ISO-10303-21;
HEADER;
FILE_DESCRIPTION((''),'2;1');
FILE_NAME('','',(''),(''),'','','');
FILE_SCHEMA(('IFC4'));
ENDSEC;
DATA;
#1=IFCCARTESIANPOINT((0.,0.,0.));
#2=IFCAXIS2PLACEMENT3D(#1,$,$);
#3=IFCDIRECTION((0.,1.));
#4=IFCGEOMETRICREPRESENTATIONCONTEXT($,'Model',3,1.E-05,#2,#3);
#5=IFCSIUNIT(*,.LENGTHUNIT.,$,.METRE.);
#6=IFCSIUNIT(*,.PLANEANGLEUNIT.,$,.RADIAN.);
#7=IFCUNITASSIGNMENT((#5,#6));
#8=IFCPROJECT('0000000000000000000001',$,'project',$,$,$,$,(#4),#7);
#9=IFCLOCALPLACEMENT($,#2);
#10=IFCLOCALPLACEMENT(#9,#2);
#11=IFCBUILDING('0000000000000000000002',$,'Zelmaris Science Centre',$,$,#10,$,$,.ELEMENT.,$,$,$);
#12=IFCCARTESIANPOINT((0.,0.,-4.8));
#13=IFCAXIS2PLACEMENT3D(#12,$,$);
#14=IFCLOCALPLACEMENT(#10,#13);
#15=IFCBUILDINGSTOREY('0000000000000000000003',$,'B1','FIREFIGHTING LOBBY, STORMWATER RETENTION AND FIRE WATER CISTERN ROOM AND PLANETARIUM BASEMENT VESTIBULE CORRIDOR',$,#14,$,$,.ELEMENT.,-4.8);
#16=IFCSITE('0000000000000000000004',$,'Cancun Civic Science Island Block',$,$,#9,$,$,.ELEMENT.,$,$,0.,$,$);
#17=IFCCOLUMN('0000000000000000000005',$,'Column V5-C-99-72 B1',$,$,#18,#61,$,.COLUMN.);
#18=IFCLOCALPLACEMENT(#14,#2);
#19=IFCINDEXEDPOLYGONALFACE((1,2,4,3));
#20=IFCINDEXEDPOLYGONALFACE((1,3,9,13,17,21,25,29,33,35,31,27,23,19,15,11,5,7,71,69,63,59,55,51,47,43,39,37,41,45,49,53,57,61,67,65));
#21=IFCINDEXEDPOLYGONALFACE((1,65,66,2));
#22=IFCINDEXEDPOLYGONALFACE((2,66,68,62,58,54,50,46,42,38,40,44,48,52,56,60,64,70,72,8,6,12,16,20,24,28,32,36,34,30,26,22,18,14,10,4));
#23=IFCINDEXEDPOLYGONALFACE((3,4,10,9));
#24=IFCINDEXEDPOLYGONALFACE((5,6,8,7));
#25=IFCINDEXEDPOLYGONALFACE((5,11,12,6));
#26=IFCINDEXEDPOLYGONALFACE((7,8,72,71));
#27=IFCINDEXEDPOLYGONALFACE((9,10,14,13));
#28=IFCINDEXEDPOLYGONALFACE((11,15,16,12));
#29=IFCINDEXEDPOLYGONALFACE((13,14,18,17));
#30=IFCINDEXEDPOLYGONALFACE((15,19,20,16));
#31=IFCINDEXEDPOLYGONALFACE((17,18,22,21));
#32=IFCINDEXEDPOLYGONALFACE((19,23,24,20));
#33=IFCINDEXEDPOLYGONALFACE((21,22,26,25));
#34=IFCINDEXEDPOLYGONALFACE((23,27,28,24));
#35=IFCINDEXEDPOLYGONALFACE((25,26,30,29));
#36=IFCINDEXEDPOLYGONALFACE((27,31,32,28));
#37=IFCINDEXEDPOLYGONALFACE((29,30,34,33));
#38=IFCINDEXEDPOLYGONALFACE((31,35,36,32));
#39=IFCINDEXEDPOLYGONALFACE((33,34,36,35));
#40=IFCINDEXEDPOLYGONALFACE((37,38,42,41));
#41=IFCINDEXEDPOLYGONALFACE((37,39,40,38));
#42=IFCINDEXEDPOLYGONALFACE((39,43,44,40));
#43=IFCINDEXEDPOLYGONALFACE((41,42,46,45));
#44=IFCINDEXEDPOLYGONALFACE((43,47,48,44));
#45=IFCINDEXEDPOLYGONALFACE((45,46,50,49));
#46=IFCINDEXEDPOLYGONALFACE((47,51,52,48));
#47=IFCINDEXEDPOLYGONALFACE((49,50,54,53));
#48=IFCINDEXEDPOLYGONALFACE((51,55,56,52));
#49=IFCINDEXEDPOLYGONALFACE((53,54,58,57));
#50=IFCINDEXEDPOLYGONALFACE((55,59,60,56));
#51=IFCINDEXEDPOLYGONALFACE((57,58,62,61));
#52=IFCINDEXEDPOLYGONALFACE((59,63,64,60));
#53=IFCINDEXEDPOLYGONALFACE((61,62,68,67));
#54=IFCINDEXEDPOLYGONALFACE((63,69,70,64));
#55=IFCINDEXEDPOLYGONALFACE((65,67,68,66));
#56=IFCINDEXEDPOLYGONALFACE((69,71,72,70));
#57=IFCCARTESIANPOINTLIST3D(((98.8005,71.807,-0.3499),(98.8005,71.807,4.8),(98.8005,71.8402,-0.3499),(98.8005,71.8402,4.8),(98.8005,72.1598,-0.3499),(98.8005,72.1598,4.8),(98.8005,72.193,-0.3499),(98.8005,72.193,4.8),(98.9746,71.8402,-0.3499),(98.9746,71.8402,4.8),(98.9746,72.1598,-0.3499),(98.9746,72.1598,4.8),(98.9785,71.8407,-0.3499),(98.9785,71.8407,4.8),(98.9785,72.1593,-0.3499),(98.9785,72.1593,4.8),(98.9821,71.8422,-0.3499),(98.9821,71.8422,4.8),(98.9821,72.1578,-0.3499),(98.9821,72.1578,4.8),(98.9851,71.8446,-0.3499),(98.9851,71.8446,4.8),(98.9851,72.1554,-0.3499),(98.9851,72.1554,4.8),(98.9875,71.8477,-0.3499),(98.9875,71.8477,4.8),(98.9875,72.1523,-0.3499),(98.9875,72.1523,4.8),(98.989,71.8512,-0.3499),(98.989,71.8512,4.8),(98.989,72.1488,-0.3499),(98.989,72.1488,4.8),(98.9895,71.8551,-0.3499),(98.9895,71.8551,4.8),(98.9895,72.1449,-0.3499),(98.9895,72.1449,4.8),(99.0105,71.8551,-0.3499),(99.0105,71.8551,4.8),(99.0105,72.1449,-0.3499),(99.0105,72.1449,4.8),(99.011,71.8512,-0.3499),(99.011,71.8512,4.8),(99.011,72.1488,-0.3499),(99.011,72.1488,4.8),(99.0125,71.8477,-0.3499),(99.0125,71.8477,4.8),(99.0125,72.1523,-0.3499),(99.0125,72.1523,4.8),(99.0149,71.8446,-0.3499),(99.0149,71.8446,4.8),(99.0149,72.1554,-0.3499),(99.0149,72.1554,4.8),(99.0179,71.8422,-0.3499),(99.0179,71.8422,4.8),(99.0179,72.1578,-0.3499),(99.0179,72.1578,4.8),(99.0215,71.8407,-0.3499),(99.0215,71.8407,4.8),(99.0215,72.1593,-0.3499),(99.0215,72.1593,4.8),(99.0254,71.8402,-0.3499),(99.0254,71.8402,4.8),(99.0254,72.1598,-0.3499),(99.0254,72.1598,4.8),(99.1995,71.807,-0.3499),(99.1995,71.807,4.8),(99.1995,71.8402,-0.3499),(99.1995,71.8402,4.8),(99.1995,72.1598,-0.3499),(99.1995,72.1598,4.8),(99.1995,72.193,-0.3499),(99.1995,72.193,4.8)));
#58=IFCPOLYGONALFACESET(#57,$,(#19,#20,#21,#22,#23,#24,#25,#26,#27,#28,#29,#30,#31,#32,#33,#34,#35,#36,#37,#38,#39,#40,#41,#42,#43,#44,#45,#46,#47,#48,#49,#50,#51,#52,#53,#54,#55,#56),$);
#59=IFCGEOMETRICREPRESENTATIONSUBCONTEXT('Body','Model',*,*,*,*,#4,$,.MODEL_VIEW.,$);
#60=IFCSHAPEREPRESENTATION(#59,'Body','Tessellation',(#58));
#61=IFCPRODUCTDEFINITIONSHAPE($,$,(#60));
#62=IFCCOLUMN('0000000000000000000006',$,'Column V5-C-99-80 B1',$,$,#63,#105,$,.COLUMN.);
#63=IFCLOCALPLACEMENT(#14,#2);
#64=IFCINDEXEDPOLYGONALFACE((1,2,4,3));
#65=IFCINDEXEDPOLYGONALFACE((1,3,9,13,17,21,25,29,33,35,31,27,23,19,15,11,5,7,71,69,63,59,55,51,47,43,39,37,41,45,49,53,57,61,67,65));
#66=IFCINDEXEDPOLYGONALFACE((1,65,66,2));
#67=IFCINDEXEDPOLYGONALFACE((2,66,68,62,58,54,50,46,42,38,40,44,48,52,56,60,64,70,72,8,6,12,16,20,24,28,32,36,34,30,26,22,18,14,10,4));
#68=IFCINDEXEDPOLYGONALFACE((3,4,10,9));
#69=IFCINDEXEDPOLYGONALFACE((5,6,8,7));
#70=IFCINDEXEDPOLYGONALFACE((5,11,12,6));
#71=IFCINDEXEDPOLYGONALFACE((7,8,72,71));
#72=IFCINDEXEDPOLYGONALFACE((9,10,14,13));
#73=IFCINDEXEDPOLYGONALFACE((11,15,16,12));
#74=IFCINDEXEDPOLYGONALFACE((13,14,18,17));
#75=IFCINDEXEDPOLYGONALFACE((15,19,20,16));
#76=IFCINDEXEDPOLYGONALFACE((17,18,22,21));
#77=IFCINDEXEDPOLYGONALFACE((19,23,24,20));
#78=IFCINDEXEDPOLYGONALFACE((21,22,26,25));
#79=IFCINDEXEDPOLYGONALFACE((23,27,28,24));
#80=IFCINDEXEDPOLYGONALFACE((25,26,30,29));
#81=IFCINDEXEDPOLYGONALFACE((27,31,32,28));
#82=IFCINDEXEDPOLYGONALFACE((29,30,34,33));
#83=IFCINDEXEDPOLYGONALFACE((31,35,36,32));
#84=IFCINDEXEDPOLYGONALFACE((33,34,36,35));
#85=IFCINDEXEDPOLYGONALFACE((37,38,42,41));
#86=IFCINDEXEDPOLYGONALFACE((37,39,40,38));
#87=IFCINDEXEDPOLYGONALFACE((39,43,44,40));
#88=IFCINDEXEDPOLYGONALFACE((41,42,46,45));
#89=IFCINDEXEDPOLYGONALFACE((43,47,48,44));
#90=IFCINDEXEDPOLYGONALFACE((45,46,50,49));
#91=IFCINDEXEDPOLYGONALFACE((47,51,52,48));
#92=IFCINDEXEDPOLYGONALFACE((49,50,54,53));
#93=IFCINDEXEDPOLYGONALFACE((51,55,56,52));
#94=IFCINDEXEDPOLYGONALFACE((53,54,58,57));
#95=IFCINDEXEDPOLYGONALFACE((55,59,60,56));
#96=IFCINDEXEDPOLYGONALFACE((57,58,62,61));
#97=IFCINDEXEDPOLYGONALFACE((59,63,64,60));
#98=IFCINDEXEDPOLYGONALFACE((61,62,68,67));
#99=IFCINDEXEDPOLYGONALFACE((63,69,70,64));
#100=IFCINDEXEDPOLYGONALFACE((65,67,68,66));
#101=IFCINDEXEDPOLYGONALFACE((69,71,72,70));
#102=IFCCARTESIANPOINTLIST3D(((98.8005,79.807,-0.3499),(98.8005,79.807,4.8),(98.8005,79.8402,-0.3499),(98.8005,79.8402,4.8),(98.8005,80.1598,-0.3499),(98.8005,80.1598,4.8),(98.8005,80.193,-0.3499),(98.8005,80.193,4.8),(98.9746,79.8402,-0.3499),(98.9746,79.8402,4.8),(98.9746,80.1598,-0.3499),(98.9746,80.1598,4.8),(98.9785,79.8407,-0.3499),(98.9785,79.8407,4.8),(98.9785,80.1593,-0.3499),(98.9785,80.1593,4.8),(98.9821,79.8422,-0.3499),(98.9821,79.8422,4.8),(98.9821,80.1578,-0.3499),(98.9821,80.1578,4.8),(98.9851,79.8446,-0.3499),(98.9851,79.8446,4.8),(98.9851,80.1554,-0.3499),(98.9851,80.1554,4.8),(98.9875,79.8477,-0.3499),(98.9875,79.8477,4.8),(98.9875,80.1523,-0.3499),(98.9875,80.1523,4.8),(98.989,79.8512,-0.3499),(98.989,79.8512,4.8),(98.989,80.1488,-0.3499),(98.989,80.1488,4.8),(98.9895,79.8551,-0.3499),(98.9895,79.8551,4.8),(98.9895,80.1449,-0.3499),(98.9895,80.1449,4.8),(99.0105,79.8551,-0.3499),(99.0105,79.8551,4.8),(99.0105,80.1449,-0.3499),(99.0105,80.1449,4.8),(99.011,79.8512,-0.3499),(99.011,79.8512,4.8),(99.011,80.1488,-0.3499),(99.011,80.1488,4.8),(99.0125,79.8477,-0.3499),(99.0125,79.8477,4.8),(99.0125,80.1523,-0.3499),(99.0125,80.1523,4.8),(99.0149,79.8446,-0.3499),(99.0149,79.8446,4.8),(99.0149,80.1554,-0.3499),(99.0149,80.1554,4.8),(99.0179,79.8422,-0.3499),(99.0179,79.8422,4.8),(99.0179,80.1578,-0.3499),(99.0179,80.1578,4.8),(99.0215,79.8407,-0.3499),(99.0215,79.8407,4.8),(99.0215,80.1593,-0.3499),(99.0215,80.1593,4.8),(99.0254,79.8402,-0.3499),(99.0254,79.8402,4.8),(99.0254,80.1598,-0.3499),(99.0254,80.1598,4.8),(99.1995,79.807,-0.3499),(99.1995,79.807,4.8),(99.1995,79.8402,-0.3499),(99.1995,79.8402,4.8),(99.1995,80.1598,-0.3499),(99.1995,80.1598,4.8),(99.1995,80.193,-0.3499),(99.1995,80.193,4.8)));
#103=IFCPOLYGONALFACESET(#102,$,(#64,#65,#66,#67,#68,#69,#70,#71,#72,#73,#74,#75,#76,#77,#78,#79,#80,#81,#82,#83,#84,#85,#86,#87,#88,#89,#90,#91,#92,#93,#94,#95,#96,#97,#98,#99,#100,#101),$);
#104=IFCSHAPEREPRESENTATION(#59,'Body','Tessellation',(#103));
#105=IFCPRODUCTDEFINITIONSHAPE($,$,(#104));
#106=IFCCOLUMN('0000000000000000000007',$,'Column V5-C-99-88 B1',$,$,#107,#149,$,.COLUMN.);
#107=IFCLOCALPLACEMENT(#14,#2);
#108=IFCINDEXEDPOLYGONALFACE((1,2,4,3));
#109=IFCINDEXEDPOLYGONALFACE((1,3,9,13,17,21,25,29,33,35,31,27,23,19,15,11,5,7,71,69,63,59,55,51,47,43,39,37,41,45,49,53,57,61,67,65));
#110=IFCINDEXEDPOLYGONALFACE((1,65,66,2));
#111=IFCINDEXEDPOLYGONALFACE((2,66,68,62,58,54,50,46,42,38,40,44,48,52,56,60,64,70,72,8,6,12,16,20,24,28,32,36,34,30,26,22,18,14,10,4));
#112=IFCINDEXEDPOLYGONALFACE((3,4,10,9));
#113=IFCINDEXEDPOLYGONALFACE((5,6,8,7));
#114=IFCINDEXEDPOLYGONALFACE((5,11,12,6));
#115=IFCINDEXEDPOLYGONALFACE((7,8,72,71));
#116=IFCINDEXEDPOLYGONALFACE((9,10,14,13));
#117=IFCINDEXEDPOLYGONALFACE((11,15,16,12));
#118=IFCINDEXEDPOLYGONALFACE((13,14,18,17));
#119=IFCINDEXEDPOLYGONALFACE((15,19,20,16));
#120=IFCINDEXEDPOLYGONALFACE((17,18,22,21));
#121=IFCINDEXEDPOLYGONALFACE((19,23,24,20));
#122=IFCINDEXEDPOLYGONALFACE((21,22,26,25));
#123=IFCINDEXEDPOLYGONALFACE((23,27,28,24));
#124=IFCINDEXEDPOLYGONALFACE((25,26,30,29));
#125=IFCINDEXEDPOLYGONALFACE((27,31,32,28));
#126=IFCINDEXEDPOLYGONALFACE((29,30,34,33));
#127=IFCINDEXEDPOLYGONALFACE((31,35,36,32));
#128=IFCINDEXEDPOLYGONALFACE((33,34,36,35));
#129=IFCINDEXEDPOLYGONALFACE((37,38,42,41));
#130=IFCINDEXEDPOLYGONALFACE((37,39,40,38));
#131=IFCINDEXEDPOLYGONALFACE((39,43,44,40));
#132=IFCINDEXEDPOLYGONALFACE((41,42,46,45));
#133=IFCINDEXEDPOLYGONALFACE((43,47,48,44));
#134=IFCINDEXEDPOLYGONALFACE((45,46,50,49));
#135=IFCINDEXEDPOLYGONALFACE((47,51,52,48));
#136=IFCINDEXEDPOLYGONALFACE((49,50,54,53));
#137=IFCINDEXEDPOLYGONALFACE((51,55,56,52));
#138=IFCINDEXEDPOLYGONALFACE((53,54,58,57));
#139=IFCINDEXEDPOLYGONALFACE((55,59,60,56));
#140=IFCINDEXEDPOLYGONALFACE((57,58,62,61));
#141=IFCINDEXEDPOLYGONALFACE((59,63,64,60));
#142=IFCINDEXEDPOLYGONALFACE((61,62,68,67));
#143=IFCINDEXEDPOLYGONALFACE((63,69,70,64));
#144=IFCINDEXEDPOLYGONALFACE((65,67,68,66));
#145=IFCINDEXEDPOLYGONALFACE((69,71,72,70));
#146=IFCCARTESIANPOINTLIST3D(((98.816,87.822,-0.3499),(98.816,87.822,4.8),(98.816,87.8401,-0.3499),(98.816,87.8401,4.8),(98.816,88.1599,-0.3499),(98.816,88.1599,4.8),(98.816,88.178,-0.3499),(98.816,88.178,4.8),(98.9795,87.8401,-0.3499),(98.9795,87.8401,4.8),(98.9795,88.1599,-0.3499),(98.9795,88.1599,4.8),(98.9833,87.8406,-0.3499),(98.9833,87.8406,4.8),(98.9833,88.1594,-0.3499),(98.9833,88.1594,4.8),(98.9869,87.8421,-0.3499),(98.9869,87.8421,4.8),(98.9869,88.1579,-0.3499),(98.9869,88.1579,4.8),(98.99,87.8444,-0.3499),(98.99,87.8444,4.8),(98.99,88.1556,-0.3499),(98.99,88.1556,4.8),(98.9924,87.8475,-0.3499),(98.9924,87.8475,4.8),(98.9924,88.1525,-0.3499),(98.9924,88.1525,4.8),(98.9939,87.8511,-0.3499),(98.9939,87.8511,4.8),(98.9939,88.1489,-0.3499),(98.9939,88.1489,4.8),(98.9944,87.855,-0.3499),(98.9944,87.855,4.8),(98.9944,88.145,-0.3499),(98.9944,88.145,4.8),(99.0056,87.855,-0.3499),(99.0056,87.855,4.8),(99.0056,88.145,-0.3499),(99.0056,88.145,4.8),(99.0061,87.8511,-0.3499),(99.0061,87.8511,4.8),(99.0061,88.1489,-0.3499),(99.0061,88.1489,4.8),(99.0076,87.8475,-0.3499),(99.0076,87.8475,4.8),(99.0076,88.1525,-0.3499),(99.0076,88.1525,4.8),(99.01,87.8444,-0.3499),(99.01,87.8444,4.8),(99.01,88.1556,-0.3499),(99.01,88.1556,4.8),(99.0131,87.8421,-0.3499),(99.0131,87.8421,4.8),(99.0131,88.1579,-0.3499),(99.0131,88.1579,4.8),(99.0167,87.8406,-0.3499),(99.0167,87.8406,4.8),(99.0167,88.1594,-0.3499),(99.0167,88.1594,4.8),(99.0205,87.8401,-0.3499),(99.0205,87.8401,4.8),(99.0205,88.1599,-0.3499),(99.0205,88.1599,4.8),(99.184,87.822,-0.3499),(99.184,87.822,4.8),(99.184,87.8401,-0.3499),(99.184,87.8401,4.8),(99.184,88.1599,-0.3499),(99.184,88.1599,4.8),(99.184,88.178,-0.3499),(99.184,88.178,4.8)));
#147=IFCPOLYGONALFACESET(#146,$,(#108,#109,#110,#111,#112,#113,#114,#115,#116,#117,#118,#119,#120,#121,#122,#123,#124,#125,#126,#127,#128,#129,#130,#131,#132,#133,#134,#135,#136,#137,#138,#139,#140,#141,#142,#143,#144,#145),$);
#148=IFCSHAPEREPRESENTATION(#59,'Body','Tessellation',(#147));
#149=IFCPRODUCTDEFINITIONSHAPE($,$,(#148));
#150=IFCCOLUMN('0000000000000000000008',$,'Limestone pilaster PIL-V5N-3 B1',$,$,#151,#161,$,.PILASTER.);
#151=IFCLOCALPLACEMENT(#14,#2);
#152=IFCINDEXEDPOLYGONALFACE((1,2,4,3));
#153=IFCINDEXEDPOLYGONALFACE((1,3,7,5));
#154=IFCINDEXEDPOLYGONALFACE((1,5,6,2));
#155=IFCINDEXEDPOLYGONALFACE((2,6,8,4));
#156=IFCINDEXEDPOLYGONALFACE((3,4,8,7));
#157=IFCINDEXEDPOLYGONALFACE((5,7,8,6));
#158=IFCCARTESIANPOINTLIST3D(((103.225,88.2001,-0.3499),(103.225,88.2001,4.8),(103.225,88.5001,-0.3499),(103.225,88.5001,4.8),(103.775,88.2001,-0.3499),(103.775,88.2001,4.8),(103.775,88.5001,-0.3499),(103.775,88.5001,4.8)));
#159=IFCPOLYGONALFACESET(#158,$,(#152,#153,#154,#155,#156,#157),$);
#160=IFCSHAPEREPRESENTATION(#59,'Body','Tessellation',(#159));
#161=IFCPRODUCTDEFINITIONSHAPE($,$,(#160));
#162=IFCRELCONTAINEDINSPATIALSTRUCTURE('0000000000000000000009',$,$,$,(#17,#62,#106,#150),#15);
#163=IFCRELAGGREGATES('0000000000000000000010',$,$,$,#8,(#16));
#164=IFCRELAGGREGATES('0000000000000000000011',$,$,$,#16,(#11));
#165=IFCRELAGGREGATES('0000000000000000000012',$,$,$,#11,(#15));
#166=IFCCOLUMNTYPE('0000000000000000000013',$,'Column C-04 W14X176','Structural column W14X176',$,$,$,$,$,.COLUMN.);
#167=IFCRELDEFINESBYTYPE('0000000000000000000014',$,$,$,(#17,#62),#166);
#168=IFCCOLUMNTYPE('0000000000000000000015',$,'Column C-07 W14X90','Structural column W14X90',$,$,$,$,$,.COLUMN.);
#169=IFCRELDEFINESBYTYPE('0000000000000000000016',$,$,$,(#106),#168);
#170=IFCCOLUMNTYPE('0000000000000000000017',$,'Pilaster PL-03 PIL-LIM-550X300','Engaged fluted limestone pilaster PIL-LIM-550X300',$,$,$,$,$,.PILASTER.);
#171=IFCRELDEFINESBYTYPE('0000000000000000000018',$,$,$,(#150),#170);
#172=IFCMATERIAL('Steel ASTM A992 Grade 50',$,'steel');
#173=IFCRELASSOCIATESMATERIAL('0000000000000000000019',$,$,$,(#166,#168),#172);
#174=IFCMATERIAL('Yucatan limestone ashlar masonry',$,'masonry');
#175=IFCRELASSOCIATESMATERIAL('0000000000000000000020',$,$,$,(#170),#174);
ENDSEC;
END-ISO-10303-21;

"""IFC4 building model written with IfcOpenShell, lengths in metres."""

from ifc_helpers import new_model, si_unit, direction, frame, origin, origin_2d, place, context, subcontext, project, spatial, rectangle, i_section, extrude, material, material_profile, profile_set, type_object, element, save


model = new_model("IFC4")

# Units and contexts
model_context = context("Model", 3, precision=1e-05, world=origin(), true_north=direction((0.0, 1.0)))
body_context = subcontext(model_context, "Body", "Model", "MODEL_VIEW")
ifc_project = project(units=[si_unit("LENGTHUNIT", "METRE"), si_unit("PLANEANGLEUNIT", "RADIAN")], contexts=[model_context])

# Site, building, storey
site_placement = place(None, origin())
site = spatial("IfcSite", under=ifc_project, at=site_placement, Name="Cancun Civic Science Island Block", CompositionType="ELEMENT", RefElevation=0.0)
building_placement = place(site_placement, origin())
building = spatial("IfcBuilding", under=site, at=building_placement, Name="Zelmaris Science Centre", CompositionType="ELEMENT")
storey_placement = place(building_placement, frame((0.0, 0.0, -4.8)))
storey = spatial("IfcBuildingStorey", under=building, at=storey_placement, Name="B1", Description="FIREFIGHTING LOBBY, STORMWATER RETENTION AND FIRE WATER CISTERN ROOM AND PLANETARIUM BASEMENT VESTIBULE CORRIDOR", CompositionType="ELEMENT", Elevation=-4.8)

# Columns
ifc_material_1 = material(Name="Steel ASTM A992 Grade 50", Category="steel")
ifc_material_profile_1 = material_profile(ifc_material_1, i_section(OverallWidth=0.3989, OverallDepth=0.386, WebThickness=0.021, FlangeThickness=0.0332, FilletRadius=0.0149, at=origin_2d()), Name="W14X176")
ifc_profile_set_1 = profile_set([ifc_material_profile_1], Name="Steel ASTM A992 Grade 50")
column_type_1 = type_object("IfcColumnType", Name="Column C-04 W14X176", Description="Structural column W14X176", PredefinedType="COLUMN", material=ifc_profile_set_1)
for number, where, z_axis, x_axis, name in (
    (1, (99.0, 72.0, -0.3499), (0.0, 0.0, 1.0), (1.0, 0.0, 0.0), "Column V5-C-99-72 B1"),
    (2, (99.0, 80.0, -0.3499), (0.0, 0.0, 1.0), (1.0, 0.0, 0.0), "Column V5-C-99-80 B1"),
):
    element("IfcColumn", number, at=place(storey_placement, frame(where, z_axis=z_axis, x_axis=x_axis)), inside=storey, type_object=column_type_1, Name=name, PredefinedType="COLUMN", context=body_context, shape_type="SweptSolid", body=[
        extrude(i_section(OverallWidth=0.3989, OverallDepth=0.386, WebThickness=0.021, FlangeThickness=0.0332, FilletRadius=0.0149, at=origin_2d()), origin(), (0.0, 0.0, 1.0), 5.1499),
    ])
ifc_material_profile_2 = material_profile(ifc_material_1, i_section(OverallWidth=0.3679, OverallDepth=0.356, WebThickness=0.0112, FlangeThickness=0.0181, FilletRadius=0.0149, at=origin_2d()), Name="W14X90")
ifc_profile_set_2 = profile_set([ifc_material_profile_2], Name="Steel ASTM A992 Grade 50")
column_type_2 = type_object("IfcColumnType", Name="Column C-07 W14X90", Description="Structural column W14X90", PredefinedType="COLUMN", material=ifc_profile_set_2)
column_1_placement = place(storey_placement, frame((99.0, 88.0, -0.3499), z_axis=(0.0, 0.0, 1.0), x_axis=(1.0, 0.0, 0.0)))
element("IfcColumn", 3, at=column_1_placement, inside=storey, type_object=column_type_2, Name="Column V5-C-99-88 B1", PredefinedType="COLUMN", context=body_context, shape_type="SweptSolid", body=[
    extrude(i_section(OverallWidth=0.3679, OverallDepth=0.356, WebThickness=0.0112, FlangeThickness=0.0181, FilletRadius=0.0149, at=origin_2d()), origin(), (0.0, 0.0, 1.0), 5.1499),
])
ifc_material_2 = material(Name="Yucatan limestone ashlar masonry", Category="masonry")
ifc_material_profile_3 = material_profile(ifc_material_2, rectangle(XDim=0.55, YDim=0.3, at=origin_2d()), Name="PIL-LIM-550X300")
ifc_profile_set_3 = profile_set([ifc_material_profile_3], Name="Yucatan limestone ashlar masonry")
column_type_3 = type_object("IfcColumnType", Name="Pilaster PL-03 PIL-LIM-550X300", Description="Engaged fluted limestone pilaster PIL-LIM-550X300", PredefinedType="PILASTER", material=ifc_profile_set_3)
column_2_placement = place(storey_placement, frame((103.5, 88.3501, -0.3499), z_axis=(0.0, 0.0, 1.0), x_axis=(1.0, 0.0, 0.0)))
element("IfcColumn", 4, at=column_2_placement, inside=storey, type_object=column_type_3, Name="Limestone pilaster PIL-V5N-3 B1", PredefinedType="PILASTER", context=body_context, shape_type="SweptSolid", body=[
    extrude(rectangle(XDim=0.55, YDim=0.3, at=origin_2d()), origin(), (0.0, 0.0, 1.0), 5.1499),
])

save(model, "model.ifc")
